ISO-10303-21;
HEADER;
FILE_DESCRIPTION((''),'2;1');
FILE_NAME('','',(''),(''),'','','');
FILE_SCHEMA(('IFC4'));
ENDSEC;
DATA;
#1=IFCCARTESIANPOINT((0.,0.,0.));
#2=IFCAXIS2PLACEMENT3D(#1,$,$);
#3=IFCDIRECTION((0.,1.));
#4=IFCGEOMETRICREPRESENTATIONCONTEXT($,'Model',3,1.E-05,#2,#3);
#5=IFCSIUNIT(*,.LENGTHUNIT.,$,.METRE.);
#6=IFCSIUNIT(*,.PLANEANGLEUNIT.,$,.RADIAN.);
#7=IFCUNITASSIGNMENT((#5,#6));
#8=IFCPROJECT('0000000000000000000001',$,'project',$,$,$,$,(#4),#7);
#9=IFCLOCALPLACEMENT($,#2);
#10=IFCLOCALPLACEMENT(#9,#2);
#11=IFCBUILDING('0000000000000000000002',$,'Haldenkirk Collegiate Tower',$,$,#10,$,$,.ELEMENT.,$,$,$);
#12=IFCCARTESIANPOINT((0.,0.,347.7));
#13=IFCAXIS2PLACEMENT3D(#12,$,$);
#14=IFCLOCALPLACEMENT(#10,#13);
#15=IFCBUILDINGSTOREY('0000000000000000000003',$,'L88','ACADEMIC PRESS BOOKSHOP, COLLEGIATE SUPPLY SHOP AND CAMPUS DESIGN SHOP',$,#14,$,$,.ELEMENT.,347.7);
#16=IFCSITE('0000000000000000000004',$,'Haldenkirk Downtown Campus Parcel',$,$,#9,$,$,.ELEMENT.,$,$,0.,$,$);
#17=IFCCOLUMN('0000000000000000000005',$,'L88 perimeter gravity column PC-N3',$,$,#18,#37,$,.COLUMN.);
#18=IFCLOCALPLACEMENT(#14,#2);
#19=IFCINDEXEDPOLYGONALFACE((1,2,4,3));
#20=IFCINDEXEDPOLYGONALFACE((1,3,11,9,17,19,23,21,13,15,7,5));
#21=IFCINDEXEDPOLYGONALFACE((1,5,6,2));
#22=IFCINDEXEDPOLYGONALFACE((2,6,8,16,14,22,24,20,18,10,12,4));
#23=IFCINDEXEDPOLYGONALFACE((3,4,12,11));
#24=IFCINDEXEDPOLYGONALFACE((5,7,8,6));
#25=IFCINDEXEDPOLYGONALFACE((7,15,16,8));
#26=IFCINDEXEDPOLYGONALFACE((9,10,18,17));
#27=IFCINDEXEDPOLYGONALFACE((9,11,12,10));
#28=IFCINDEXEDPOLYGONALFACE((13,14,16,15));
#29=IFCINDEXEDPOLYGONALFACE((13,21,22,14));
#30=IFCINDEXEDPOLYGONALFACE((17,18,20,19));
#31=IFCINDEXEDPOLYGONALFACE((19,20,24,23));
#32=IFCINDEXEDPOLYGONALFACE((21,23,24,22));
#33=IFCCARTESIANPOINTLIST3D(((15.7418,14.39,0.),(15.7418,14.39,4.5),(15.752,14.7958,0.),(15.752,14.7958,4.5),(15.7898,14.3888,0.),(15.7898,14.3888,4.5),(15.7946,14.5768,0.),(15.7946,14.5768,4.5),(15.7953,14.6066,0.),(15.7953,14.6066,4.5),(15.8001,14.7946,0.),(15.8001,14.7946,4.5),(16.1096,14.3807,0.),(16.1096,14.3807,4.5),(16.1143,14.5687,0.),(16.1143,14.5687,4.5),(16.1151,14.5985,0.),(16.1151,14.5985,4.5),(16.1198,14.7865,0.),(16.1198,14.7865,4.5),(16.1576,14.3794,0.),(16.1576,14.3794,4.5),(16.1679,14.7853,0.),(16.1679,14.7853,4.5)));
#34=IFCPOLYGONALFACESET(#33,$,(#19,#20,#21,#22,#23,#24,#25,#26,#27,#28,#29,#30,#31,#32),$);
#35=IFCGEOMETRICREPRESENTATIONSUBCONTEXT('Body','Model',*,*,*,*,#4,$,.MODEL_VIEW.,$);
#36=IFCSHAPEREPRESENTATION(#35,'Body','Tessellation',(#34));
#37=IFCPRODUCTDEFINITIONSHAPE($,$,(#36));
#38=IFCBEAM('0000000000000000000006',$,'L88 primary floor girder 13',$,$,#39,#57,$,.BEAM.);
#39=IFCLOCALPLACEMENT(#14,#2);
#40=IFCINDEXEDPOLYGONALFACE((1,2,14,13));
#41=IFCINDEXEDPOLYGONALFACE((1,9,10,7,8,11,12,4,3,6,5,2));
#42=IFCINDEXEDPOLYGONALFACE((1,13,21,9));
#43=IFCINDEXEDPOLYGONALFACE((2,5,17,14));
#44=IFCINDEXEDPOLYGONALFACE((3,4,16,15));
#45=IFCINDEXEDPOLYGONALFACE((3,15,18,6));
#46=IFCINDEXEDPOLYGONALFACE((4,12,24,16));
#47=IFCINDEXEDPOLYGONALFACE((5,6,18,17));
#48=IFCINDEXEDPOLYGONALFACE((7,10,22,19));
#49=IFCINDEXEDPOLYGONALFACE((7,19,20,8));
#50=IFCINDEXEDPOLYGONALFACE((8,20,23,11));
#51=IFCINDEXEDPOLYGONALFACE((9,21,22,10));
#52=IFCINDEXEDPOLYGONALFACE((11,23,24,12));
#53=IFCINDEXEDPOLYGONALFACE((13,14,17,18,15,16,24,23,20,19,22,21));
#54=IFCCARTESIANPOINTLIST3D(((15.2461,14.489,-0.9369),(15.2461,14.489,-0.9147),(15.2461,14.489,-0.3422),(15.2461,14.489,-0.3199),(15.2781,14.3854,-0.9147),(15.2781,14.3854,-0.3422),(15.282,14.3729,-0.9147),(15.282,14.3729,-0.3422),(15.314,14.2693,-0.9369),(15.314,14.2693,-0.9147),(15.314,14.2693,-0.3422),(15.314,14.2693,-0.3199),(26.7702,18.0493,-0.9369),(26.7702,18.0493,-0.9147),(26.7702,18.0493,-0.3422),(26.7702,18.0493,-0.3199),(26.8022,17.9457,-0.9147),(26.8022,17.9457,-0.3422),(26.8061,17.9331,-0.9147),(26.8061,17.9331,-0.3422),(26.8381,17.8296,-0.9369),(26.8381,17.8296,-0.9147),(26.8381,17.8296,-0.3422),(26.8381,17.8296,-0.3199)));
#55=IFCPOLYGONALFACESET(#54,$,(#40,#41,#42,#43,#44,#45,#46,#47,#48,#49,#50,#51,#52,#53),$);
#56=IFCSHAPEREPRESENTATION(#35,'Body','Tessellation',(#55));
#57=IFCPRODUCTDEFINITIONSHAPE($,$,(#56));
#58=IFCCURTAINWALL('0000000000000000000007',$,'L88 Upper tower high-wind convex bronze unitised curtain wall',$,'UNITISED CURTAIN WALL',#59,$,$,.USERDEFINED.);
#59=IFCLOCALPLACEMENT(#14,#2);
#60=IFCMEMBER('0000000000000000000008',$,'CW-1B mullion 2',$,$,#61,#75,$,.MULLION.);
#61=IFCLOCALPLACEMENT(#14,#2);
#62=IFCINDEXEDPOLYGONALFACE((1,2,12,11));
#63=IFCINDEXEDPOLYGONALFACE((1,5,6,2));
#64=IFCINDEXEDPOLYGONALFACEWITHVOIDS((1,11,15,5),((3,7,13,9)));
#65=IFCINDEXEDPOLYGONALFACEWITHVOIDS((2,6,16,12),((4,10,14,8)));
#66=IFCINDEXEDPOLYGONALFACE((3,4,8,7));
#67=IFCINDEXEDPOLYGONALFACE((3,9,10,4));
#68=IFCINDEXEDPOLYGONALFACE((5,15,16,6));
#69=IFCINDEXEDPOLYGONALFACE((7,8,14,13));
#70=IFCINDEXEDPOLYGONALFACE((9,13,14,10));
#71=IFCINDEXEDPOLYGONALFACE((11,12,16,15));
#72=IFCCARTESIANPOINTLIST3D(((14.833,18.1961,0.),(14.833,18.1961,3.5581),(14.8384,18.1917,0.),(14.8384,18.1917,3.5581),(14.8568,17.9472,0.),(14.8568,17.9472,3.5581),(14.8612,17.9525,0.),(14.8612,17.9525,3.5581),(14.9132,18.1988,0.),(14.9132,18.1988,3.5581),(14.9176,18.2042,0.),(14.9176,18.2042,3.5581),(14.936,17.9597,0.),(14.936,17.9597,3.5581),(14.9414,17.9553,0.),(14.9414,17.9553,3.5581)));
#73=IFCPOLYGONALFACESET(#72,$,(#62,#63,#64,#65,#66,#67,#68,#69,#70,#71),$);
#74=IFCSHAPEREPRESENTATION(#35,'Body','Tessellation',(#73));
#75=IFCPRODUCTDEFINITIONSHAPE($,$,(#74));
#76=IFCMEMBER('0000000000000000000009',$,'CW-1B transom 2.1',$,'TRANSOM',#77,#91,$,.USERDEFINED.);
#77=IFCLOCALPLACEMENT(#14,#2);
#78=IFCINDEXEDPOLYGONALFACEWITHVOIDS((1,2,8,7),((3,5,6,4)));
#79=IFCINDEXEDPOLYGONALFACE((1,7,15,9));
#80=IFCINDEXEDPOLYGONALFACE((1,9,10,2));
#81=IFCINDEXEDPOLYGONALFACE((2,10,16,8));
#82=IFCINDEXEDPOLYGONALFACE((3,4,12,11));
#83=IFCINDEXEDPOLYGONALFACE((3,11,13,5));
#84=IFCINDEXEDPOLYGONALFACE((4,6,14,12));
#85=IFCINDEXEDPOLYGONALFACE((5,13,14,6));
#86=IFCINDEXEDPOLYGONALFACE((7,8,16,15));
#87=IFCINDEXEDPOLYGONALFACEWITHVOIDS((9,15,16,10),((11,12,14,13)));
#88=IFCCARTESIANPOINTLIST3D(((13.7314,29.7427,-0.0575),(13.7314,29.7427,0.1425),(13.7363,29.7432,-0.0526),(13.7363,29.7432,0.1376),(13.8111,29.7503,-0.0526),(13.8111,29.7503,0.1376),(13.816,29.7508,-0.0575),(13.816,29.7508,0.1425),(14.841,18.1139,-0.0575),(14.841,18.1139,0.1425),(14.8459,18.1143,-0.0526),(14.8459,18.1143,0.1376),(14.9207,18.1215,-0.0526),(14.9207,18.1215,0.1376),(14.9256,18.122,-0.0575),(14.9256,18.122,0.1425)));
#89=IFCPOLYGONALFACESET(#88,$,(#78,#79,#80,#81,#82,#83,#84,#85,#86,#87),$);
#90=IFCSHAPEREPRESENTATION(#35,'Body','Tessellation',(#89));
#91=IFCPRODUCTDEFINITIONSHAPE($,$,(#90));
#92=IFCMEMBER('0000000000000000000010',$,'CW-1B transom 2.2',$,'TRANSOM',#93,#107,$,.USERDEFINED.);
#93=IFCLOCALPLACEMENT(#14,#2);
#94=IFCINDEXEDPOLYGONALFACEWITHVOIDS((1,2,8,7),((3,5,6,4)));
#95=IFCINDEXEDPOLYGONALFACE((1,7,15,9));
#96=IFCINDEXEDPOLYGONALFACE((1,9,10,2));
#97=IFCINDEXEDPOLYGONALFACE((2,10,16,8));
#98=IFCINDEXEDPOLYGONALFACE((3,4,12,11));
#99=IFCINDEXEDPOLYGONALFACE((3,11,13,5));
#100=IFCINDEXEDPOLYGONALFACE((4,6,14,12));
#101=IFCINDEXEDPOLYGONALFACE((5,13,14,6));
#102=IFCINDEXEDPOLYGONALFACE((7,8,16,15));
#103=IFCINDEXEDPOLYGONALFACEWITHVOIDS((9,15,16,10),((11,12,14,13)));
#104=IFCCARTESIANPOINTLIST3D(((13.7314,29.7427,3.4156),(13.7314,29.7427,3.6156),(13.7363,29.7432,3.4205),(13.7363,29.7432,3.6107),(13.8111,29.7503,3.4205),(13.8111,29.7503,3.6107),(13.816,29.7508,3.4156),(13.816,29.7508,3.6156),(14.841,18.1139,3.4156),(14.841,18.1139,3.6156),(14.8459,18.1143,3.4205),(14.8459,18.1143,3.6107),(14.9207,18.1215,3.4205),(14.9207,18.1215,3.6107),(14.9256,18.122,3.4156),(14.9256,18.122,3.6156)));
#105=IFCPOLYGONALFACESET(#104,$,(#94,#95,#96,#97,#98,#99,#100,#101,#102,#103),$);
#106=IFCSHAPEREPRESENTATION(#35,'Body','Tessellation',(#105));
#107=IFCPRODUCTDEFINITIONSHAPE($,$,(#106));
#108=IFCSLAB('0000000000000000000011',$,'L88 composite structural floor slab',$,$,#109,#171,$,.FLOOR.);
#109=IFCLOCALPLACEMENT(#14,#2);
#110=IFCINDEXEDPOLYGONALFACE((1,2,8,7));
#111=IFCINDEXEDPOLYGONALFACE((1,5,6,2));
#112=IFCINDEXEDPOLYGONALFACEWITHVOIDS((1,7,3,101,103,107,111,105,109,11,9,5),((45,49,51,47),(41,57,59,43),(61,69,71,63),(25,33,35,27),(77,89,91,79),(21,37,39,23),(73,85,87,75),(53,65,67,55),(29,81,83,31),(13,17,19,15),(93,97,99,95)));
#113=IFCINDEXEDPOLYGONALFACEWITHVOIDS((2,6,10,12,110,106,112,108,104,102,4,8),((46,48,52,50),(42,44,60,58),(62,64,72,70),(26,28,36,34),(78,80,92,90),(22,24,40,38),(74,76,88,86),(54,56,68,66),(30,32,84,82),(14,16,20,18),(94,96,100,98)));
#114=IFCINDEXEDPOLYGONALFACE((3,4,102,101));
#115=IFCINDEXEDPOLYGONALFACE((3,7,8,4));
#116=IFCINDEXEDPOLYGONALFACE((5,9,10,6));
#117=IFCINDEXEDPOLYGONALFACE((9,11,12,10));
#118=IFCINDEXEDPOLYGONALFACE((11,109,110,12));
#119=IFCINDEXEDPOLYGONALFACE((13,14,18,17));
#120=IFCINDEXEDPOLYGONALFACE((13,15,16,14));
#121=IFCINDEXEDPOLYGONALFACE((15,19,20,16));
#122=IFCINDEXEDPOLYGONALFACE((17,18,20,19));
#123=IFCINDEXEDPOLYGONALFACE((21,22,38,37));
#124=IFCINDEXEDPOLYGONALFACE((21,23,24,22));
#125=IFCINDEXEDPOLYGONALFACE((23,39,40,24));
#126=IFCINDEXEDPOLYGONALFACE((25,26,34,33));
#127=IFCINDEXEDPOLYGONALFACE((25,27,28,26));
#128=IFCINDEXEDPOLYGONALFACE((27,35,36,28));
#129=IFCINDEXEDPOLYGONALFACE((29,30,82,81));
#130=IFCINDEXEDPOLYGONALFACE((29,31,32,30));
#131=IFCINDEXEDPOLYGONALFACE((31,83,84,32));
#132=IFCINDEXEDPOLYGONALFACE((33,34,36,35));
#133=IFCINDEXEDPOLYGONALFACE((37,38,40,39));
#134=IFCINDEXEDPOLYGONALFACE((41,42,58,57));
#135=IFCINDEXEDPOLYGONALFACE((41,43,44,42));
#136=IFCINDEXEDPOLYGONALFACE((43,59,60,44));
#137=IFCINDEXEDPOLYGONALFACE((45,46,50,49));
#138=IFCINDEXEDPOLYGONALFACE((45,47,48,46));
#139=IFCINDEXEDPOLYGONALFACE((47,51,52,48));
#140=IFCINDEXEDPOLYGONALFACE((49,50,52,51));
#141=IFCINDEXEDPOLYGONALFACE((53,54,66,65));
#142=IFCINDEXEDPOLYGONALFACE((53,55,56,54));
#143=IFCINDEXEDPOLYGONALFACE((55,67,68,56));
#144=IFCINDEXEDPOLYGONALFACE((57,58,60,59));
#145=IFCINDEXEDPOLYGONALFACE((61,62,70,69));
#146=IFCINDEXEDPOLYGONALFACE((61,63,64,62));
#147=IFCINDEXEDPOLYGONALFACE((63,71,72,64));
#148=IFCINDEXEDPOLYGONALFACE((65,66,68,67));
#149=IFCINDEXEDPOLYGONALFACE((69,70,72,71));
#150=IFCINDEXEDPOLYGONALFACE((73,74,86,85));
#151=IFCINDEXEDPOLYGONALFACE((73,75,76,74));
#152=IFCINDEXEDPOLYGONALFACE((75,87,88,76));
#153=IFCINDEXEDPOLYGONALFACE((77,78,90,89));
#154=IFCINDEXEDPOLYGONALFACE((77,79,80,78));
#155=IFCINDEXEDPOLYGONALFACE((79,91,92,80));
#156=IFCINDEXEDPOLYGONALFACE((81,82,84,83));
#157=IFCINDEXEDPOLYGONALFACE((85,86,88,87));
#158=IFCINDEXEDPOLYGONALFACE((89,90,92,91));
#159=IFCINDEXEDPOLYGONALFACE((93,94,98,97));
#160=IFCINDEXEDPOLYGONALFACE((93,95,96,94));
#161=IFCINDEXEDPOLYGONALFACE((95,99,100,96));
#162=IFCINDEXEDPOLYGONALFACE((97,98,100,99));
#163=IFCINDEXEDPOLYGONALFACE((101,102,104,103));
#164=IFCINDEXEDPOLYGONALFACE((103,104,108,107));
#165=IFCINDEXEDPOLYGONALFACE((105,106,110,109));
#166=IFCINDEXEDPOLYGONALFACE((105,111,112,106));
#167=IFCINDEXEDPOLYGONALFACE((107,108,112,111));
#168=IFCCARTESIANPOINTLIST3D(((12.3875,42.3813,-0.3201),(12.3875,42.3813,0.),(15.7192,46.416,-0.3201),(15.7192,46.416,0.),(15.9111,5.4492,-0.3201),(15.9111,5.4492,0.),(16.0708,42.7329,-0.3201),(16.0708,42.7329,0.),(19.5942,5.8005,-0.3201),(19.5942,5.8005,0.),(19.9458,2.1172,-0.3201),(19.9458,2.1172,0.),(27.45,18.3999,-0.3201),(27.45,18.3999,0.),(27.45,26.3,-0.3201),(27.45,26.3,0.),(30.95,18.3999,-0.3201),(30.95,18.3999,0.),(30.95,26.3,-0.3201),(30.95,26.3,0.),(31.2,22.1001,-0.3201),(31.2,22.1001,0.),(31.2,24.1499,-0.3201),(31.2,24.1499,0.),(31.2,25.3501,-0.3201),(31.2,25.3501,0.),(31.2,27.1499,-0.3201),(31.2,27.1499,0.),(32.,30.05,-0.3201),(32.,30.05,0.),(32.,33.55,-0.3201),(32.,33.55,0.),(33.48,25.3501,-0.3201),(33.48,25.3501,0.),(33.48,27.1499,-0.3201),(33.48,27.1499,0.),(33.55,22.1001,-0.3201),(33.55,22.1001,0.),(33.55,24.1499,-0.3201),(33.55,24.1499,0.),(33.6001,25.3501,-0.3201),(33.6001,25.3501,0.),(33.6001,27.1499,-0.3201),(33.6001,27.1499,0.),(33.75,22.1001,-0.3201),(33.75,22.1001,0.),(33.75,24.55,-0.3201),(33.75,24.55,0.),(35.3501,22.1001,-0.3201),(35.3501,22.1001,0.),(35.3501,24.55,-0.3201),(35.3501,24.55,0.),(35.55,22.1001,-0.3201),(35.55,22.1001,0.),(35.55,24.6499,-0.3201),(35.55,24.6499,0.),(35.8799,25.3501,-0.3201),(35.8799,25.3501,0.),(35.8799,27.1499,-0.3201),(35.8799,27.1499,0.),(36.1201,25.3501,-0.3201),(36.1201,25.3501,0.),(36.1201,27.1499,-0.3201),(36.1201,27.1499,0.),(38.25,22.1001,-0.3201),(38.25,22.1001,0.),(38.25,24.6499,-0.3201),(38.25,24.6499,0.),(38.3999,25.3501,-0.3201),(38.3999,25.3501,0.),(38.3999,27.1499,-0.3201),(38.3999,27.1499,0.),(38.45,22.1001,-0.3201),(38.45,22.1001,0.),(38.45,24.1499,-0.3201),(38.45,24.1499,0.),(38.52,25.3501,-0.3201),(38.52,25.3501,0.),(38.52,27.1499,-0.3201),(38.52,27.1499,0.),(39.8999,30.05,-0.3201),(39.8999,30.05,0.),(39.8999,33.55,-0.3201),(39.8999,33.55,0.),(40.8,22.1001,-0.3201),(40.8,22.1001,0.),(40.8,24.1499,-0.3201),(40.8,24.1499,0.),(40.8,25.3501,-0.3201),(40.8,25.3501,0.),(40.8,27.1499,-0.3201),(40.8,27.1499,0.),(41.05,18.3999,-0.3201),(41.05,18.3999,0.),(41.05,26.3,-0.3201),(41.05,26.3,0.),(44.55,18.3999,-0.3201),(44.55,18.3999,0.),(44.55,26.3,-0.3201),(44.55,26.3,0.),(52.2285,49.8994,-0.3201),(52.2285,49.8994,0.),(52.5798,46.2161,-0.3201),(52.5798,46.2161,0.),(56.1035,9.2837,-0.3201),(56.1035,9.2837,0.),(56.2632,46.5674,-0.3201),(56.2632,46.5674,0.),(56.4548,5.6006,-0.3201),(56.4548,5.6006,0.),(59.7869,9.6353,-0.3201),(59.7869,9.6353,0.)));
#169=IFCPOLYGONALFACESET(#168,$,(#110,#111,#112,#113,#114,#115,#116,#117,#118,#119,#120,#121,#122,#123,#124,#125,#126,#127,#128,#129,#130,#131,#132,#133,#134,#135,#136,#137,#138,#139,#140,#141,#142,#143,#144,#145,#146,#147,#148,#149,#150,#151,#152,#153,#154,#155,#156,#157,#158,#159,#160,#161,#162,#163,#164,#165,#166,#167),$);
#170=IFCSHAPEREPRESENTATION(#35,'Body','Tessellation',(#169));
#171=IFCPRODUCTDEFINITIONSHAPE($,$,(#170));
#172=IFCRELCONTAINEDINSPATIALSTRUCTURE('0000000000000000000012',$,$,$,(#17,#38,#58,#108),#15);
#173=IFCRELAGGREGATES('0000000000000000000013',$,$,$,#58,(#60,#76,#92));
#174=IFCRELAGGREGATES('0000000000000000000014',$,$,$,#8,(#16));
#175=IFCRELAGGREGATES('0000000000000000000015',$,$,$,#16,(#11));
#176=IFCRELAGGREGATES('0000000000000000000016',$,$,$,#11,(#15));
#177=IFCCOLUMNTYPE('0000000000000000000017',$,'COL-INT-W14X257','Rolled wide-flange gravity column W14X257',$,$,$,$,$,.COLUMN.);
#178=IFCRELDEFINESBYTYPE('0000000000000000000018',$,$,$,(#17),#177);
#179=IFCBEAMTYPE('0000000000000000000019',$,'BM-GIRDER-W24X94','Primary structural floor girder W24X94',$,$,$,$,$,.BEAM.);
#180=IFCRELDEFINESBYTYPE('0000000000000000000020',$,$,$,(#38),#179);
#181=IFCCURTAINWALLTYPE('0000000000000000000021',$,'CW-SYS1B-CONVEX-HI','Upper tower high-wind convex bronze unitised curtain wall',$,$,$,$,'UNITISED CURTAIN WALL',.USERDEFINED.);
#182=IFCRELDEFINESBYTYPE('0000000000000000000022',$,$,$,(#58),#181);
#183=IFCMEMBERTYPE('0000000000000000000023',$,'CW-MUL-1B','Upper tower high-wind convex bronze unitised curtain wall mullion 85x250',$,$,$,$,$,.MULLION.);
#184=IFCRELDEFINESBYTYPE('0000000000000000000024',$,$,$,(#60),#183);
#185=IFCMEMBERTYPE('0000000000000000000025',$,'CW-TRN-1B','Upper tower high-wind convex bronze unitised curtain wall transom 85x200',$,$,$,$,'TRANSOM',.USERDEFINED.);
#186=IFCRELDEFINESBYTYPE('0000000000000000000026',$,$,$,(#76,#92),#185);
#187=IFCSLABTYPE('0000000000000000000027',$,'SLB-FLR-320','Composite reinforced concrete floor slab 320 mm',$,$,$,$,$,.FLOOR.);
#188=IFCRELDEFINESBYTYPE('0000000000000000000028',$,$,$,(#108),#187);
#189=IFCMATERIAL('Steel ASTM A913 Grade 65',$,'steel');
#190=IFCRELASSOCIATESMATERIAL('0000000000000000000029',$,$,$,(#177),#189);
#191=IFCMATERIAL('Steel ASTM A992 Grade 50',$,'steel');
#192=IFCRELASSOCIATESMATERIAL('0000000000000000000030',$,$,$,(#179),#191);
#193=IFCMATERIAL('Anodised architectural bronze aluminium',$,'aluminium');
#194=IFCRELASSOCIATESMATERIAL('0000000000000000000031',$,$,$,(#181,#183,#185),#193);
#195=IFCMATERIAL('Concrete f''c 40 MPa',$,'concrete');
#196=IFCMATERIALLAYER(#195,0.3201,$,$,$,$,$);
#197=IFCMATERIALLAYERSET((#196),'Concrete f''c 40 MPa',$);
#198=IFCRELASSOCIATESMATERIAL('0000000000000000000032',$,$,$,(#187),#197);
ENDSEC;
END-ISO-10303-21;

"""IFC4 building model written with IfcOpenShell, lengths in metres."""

from ifc_helpers import new_model, si_unit, direction, frame, origin, origin_2d, place, context, subcontext, project, spatial, polyline, hollow_rectangle, i_section, outline, extrude, material, layer, layer_set, material_profile, profile_set, type_object, element, aggregate, save


model = new_model("IFC4")

# Units and contexts
model_context = context("Model", 3, precision=1e-05, world=origin(), true_north=direction((0.0, 1.0)))
body_context = subcontext(model_context, "Body", "Model", "MODEL_VIEW")
ifc_project = project(units=[si_unit("LENGTHUNIT", "METRE"), si_unit("PLANEANGLEUNIT", "RADIAN")], contexts=[model_context])

# Site, building, storey
site_placement = place(None, origin())
site = spatial("IfcSite", under=ifc_project, at=site_placement, Name="Haldenkirk Downtown Campus Parcel", CompositionType="ELEMENT", RefElevation=0.0)
building_placement = place(site_placement, origin())
building = spatial("IfcBuilding", under=site, at=building_placement, Name="Haldenkirk Collegiate Tower", CompositionType="ELEMENT")
storey_placement = place(building_placement, frame((0.0, 0.0, 347.7)))
storey = spatial("IfcBuildingStorey", under=building, at=storey_placement, Name="L88", Description="ACADEMIC PRESS BOOKSHOP, COLLEGIATE SUPPLY SHOP AND CAMPUS DESIGN SHOP", CompositionType="ELEMENT", Elevation=347.7)

# Column
ifc_material_1 = material(Name="Steel ASTM A913 Grade 65", Category="steel")
ifc_material_profile_1 = material_profile(ifc_material_1, i_section(OverallWidth=0.406, OverallDepth=0.416, WebThickness=0.0298, FlangeThickness=0.0481, at=origin_2d()), Name="W14X257")
ifc_profile_set_1 = profile_set([ifc_material_profile_1], Name="Steel ASTM A913 Grade 65")
column_type = type_object("IfcColumnType", Name="COL-INT-W14X257", Description="Rolled wide-flange gravity column W14X257", PredefinedType="COLUMN", material=ifc_profile_set_1)
column_placement = place(storey_placement, frame((15.9548, 14.5876, 0.0), z_axis=(0.0, 0.0, 1.0), x_axis=(0.025305, 0.99968, 0.0)))
element("IfcColumn", 1, at=column_placement, inside=storey, type_object=column_type, Name="L88 perimeter gravity column PC-N3", PredefinedType="COLUMN", context=body_context, shape_type="SweptSolid", body=[
    extrude(i_section(OverallWidth=0.406, OverallDepth=0.416, WebThickness=0.0298, FlangeThickness=0.0481, at=origin_2d()), origin(), (0.0, 0.0, 1.0), 4.5),
])

# Beam
ifc_material_2 = material(Name="Steel ASTM A992 Grade 50", Category="steel")
ifc_material_profile_2 = material_profile(ifc_material_2, i_section(OverallWidth=0.23, OverallDepth=0.6169, WebThickness=0.0132, FlangeThickness=0.0222, at=origin_2d()), Name="W24X94")
ifc_profile_set_2 = profile_set([ifc_material_profile_2], Name="Steel ASTM A992 Grade 50")
beam_type = type_object("IfcBeamType", Name="BM-GIRDER-W24X94", Description="Primary structural floor girder W24X94", PredefinedType="BEAM", material=ifc_profile_set_2)
beam_placement = place(storey_placement, frame((15.28, 14.3792, -0.6284), z_axis=(0.955443, 0.295177, 0.0), x_axis=(-0.295177, 0.955443, 0.0)))
element("IfcBeam", 2, at=beam_placement, inside=storey, type_object=beam_type, Name="L88 primary floor girder 13", PredefinedType="BEAM", context=body_context, shape_type="SweptSolid", body=[
    extrude(i_section(OverallWidth=0.23, OverallDepth=0.6169, WebThickness=0.0132, FlangeThickness=0.0222, at=origin_2d()), origin(), (0.0, 0.0, 1.0), 12.0615),
])

# Curtain wall, members
ifc_material_3 = material(Name="Anodised architectural bronze aluminium", Category="aluminium")
curtain_wall_type = type_object("IfcCurtainWallType", Name="CW-SYS1B-CONVEX-HI", Description="Upper tower high-wind convex bronze unitised curtain wall", ElementType="UNITISED CURTAIN WALL", PredefinedType="USERDEFINED", material=ifc_material_3)
curtain_wall_placement = place(storey_placement, origin())
curtain_wall = element("IfcCurtainWall", 3, at=curtain_wall_placement, inside=storey, type_object=curtain_wall_type, Name="L88 Upper tower high-wind convex bronze unitised curtain wall", ObjectType="UNITISED CURTAIN WALL", PredefinedType="USERDEFINED")
ifc_material_profile_3 = material_profile(ifc_material_3, hollow_rectangle(XDim=0.085, YDim=0.25, WallThickness=0.0049, at=origin_2d()), Name="CW-MUL-1B")
ifc_profile_set_3 = profile_set([ifc_material_profile_3], Name="Anodised architectural bronze aluminium")
member_type_1 = type_object("IfcMemberType", Name="CW-MUL-1B", Description="Upper tower high-wind convex bronze unitised curtain wall mullion 85x250", PredefinedType="MULLION", material=ifc_profile_set_3)
member_1_placement = place(storey_placement, frame((14.8872, 18.0757, 0.0), z_axis=(0.0, 0.0, 1.0), x_axis=(-0.995479, -0.094977, 0.0)))
member_1 = element("IfcMember", 4, at=member_1_placement, type_object=member_type_1, Name="CW-1B mullion 2", PredefinedType="MULLION", context=body_context, shape_type="SweptSolid", body=[
    extrude(hollow_rectangle(XDim=0.085, YDim=0.25, WallThickness=0.0049, at=origin_2d()), origin(), (0.0, 0.0, 1.0), 3.5581),
])
ifc_material_profile_4 = material_profile(ifc_material_3, hollow_rectangle(XDim=0.085, YDim=0.2, WallThickness=0.0049, at=origin_2d()), Name="CW-TRN-1B")
ifc_profile_set_4 = profile_set([ifc_material_profile_4], Name="Anodised architectural bronze aluminium")
member_type_2 = type_object("IfcMemberType", Name="CW-TRN-1B", Description="Upper tower high-wind convex bronze unitised curtain wall transom 85x200", ElementType="TRANSOM", PredefinedType="USERDEFINED", material=ifc_profile_set_4)
member_2_placement = place(storey_placement, frame((14.8833, 18.1179, 0.0425), z_axis=(-0.094988, 0.995478, 0.0), x_axis=(-0.995478, -0.094988, 0.0)))
member_2 = element("IfcMember", 5, at=member_2_placement, type_object=member_type_2, Name="CW-1B transom 2.1", ObjectType="TRANSOM", PredefinedType="USERDEFINED", context=body_context, shape_type="SweptSolid", body=[
    extrude(hollow_rectangle(XDim=0.085, YDim=0.2, WallThickness=0.0049, at=origin_2d()), origin(), (0.0, 0.0, 1.0), 11.6816),
])
member_3_placement = place(storey_placement, frame((14.8833, 18.1179, 3.5156), z_axis=(-0.094988, 0.995478, 0.0), x_axis=(-0.995478, -0.094988, 0.0)))
member_3 = element("IfcMember", 6, at=member_3_placement, type_object=member_type_2, Name="CW-1B transom 2.2", ObjectType="TRANSOM", PredefinedType="USERDEFINED", context=body_context, shape_type="SweptSolid", body=[
    extrude(hollow_rectangle(XDim=0.085, YDim=0.2, WallThickness=0.0049, at=origin_2d()), origin(), (0.0, 0.0, 1.0), 11.6816),
])

# Slab
ifc_material_4 = material(Name="Concrete f'c 40 MPa", Category="concrete")
ifc_layer_1 = layer(ifc_material_4, 0.3201)
ifc_layer_set_1 = layer_set([ifc_layer_1], Name="Concrete f'c 40 MPa")
slab_type_1 = type_object("IfcSlabType", Name="SLB-FLR-320", Description="Composite reinforced concrete floor slab 320 mm", PredefinedType="FLOOR", material=ifc_layer_set_1)
slab_1_placement = place(storey_placement, frame((0.0, 0.0, -0.3201)))
element("IfcSlab", 7, at=slab_1_placement, inside=storey, type_object=slab_type_1, Name="L88 composite structural floor slab", PredefinedType="FLOOR", context=body_context, shape_type="SweptSolid", body=[
    extrude(outline(polyline([(59.7869, 9.6353), (56.2632, 46.5674), (52.5798, 46.2161), (52.2285, 49.8994), (15.7192, 46.416), (16.0708, 42.7329), (12.3875, 42.3813), (15.9111, 5.4492), (19.5942, 5.8005), (19.9458, 2.1172), (56.4548, 5.6006), (56.1035, 9.2837), (59.7869, 9.6353)]), holes=[polyline([(27.45, 18.3999), (30.95, 18.3999), (30.95, 26.3), (27.45, 26.3), (27.45, 18.3999)]), polyline([(41.05, 18.3999), (44.55, 18.3999), (44.55, 26.3), (41.05, 26.3), (41.05, 18.3999)]), polyline([(32.0, 30.05), (39.8999, 30.05), (39.8999, 33.55), (32.0, 33.55), (32.0, 30.05)]), polyline([(33.75, 22.1001), (35.3501, 22.1001), (35.3501, 24.55), (33.75, 24.55), (33.75, 22.1001)]), polyline([(31.2, 25.3501), (33.48, 25.3501), (33.48, 27.1499), (31.2, 27.1499), (31.2, 25.3501)]), polyline([(33.6001, 25.3501), (35.8799, 25.3501), (35.8799, 27.1499), (33.6001, 27.1499), (33.6001, 25.3501)]), polyline([(36.1201, 25.3501), (38.3999, 25.3501), (38.3999, 27.1499), (36.1201, 27.1499), (36.1201, 25.3501)]), polyline([(38.52, 25.3501), (40.8, 25.3501), (40.8, 27.1499), (38.52, 27.1499), (38.52, 25.3501)]), polyline([(31.2, 22.1001), (33.55, 22.1001), (33.55, 24.1499), (31.2, 24.1499), (31.2, 22.1001)]), polyline([(38.45, 22.1001), (40.8, 22.1001), (40.8, 24.1499), (38.45, 24.1499), (38.45, 22.1001)]), polyline([(35.55, 22.1001), (38.25, 22.1001), (38.25, 24.6499), (35.55, 24.6499), (35.55, 22.1001)])]), origin(), (0.0, 0.0, 1.0), 0.3201),
])

aggregate(curtain_wall, [member_1, member_2, member_3])

save(model, "model.ifc")
